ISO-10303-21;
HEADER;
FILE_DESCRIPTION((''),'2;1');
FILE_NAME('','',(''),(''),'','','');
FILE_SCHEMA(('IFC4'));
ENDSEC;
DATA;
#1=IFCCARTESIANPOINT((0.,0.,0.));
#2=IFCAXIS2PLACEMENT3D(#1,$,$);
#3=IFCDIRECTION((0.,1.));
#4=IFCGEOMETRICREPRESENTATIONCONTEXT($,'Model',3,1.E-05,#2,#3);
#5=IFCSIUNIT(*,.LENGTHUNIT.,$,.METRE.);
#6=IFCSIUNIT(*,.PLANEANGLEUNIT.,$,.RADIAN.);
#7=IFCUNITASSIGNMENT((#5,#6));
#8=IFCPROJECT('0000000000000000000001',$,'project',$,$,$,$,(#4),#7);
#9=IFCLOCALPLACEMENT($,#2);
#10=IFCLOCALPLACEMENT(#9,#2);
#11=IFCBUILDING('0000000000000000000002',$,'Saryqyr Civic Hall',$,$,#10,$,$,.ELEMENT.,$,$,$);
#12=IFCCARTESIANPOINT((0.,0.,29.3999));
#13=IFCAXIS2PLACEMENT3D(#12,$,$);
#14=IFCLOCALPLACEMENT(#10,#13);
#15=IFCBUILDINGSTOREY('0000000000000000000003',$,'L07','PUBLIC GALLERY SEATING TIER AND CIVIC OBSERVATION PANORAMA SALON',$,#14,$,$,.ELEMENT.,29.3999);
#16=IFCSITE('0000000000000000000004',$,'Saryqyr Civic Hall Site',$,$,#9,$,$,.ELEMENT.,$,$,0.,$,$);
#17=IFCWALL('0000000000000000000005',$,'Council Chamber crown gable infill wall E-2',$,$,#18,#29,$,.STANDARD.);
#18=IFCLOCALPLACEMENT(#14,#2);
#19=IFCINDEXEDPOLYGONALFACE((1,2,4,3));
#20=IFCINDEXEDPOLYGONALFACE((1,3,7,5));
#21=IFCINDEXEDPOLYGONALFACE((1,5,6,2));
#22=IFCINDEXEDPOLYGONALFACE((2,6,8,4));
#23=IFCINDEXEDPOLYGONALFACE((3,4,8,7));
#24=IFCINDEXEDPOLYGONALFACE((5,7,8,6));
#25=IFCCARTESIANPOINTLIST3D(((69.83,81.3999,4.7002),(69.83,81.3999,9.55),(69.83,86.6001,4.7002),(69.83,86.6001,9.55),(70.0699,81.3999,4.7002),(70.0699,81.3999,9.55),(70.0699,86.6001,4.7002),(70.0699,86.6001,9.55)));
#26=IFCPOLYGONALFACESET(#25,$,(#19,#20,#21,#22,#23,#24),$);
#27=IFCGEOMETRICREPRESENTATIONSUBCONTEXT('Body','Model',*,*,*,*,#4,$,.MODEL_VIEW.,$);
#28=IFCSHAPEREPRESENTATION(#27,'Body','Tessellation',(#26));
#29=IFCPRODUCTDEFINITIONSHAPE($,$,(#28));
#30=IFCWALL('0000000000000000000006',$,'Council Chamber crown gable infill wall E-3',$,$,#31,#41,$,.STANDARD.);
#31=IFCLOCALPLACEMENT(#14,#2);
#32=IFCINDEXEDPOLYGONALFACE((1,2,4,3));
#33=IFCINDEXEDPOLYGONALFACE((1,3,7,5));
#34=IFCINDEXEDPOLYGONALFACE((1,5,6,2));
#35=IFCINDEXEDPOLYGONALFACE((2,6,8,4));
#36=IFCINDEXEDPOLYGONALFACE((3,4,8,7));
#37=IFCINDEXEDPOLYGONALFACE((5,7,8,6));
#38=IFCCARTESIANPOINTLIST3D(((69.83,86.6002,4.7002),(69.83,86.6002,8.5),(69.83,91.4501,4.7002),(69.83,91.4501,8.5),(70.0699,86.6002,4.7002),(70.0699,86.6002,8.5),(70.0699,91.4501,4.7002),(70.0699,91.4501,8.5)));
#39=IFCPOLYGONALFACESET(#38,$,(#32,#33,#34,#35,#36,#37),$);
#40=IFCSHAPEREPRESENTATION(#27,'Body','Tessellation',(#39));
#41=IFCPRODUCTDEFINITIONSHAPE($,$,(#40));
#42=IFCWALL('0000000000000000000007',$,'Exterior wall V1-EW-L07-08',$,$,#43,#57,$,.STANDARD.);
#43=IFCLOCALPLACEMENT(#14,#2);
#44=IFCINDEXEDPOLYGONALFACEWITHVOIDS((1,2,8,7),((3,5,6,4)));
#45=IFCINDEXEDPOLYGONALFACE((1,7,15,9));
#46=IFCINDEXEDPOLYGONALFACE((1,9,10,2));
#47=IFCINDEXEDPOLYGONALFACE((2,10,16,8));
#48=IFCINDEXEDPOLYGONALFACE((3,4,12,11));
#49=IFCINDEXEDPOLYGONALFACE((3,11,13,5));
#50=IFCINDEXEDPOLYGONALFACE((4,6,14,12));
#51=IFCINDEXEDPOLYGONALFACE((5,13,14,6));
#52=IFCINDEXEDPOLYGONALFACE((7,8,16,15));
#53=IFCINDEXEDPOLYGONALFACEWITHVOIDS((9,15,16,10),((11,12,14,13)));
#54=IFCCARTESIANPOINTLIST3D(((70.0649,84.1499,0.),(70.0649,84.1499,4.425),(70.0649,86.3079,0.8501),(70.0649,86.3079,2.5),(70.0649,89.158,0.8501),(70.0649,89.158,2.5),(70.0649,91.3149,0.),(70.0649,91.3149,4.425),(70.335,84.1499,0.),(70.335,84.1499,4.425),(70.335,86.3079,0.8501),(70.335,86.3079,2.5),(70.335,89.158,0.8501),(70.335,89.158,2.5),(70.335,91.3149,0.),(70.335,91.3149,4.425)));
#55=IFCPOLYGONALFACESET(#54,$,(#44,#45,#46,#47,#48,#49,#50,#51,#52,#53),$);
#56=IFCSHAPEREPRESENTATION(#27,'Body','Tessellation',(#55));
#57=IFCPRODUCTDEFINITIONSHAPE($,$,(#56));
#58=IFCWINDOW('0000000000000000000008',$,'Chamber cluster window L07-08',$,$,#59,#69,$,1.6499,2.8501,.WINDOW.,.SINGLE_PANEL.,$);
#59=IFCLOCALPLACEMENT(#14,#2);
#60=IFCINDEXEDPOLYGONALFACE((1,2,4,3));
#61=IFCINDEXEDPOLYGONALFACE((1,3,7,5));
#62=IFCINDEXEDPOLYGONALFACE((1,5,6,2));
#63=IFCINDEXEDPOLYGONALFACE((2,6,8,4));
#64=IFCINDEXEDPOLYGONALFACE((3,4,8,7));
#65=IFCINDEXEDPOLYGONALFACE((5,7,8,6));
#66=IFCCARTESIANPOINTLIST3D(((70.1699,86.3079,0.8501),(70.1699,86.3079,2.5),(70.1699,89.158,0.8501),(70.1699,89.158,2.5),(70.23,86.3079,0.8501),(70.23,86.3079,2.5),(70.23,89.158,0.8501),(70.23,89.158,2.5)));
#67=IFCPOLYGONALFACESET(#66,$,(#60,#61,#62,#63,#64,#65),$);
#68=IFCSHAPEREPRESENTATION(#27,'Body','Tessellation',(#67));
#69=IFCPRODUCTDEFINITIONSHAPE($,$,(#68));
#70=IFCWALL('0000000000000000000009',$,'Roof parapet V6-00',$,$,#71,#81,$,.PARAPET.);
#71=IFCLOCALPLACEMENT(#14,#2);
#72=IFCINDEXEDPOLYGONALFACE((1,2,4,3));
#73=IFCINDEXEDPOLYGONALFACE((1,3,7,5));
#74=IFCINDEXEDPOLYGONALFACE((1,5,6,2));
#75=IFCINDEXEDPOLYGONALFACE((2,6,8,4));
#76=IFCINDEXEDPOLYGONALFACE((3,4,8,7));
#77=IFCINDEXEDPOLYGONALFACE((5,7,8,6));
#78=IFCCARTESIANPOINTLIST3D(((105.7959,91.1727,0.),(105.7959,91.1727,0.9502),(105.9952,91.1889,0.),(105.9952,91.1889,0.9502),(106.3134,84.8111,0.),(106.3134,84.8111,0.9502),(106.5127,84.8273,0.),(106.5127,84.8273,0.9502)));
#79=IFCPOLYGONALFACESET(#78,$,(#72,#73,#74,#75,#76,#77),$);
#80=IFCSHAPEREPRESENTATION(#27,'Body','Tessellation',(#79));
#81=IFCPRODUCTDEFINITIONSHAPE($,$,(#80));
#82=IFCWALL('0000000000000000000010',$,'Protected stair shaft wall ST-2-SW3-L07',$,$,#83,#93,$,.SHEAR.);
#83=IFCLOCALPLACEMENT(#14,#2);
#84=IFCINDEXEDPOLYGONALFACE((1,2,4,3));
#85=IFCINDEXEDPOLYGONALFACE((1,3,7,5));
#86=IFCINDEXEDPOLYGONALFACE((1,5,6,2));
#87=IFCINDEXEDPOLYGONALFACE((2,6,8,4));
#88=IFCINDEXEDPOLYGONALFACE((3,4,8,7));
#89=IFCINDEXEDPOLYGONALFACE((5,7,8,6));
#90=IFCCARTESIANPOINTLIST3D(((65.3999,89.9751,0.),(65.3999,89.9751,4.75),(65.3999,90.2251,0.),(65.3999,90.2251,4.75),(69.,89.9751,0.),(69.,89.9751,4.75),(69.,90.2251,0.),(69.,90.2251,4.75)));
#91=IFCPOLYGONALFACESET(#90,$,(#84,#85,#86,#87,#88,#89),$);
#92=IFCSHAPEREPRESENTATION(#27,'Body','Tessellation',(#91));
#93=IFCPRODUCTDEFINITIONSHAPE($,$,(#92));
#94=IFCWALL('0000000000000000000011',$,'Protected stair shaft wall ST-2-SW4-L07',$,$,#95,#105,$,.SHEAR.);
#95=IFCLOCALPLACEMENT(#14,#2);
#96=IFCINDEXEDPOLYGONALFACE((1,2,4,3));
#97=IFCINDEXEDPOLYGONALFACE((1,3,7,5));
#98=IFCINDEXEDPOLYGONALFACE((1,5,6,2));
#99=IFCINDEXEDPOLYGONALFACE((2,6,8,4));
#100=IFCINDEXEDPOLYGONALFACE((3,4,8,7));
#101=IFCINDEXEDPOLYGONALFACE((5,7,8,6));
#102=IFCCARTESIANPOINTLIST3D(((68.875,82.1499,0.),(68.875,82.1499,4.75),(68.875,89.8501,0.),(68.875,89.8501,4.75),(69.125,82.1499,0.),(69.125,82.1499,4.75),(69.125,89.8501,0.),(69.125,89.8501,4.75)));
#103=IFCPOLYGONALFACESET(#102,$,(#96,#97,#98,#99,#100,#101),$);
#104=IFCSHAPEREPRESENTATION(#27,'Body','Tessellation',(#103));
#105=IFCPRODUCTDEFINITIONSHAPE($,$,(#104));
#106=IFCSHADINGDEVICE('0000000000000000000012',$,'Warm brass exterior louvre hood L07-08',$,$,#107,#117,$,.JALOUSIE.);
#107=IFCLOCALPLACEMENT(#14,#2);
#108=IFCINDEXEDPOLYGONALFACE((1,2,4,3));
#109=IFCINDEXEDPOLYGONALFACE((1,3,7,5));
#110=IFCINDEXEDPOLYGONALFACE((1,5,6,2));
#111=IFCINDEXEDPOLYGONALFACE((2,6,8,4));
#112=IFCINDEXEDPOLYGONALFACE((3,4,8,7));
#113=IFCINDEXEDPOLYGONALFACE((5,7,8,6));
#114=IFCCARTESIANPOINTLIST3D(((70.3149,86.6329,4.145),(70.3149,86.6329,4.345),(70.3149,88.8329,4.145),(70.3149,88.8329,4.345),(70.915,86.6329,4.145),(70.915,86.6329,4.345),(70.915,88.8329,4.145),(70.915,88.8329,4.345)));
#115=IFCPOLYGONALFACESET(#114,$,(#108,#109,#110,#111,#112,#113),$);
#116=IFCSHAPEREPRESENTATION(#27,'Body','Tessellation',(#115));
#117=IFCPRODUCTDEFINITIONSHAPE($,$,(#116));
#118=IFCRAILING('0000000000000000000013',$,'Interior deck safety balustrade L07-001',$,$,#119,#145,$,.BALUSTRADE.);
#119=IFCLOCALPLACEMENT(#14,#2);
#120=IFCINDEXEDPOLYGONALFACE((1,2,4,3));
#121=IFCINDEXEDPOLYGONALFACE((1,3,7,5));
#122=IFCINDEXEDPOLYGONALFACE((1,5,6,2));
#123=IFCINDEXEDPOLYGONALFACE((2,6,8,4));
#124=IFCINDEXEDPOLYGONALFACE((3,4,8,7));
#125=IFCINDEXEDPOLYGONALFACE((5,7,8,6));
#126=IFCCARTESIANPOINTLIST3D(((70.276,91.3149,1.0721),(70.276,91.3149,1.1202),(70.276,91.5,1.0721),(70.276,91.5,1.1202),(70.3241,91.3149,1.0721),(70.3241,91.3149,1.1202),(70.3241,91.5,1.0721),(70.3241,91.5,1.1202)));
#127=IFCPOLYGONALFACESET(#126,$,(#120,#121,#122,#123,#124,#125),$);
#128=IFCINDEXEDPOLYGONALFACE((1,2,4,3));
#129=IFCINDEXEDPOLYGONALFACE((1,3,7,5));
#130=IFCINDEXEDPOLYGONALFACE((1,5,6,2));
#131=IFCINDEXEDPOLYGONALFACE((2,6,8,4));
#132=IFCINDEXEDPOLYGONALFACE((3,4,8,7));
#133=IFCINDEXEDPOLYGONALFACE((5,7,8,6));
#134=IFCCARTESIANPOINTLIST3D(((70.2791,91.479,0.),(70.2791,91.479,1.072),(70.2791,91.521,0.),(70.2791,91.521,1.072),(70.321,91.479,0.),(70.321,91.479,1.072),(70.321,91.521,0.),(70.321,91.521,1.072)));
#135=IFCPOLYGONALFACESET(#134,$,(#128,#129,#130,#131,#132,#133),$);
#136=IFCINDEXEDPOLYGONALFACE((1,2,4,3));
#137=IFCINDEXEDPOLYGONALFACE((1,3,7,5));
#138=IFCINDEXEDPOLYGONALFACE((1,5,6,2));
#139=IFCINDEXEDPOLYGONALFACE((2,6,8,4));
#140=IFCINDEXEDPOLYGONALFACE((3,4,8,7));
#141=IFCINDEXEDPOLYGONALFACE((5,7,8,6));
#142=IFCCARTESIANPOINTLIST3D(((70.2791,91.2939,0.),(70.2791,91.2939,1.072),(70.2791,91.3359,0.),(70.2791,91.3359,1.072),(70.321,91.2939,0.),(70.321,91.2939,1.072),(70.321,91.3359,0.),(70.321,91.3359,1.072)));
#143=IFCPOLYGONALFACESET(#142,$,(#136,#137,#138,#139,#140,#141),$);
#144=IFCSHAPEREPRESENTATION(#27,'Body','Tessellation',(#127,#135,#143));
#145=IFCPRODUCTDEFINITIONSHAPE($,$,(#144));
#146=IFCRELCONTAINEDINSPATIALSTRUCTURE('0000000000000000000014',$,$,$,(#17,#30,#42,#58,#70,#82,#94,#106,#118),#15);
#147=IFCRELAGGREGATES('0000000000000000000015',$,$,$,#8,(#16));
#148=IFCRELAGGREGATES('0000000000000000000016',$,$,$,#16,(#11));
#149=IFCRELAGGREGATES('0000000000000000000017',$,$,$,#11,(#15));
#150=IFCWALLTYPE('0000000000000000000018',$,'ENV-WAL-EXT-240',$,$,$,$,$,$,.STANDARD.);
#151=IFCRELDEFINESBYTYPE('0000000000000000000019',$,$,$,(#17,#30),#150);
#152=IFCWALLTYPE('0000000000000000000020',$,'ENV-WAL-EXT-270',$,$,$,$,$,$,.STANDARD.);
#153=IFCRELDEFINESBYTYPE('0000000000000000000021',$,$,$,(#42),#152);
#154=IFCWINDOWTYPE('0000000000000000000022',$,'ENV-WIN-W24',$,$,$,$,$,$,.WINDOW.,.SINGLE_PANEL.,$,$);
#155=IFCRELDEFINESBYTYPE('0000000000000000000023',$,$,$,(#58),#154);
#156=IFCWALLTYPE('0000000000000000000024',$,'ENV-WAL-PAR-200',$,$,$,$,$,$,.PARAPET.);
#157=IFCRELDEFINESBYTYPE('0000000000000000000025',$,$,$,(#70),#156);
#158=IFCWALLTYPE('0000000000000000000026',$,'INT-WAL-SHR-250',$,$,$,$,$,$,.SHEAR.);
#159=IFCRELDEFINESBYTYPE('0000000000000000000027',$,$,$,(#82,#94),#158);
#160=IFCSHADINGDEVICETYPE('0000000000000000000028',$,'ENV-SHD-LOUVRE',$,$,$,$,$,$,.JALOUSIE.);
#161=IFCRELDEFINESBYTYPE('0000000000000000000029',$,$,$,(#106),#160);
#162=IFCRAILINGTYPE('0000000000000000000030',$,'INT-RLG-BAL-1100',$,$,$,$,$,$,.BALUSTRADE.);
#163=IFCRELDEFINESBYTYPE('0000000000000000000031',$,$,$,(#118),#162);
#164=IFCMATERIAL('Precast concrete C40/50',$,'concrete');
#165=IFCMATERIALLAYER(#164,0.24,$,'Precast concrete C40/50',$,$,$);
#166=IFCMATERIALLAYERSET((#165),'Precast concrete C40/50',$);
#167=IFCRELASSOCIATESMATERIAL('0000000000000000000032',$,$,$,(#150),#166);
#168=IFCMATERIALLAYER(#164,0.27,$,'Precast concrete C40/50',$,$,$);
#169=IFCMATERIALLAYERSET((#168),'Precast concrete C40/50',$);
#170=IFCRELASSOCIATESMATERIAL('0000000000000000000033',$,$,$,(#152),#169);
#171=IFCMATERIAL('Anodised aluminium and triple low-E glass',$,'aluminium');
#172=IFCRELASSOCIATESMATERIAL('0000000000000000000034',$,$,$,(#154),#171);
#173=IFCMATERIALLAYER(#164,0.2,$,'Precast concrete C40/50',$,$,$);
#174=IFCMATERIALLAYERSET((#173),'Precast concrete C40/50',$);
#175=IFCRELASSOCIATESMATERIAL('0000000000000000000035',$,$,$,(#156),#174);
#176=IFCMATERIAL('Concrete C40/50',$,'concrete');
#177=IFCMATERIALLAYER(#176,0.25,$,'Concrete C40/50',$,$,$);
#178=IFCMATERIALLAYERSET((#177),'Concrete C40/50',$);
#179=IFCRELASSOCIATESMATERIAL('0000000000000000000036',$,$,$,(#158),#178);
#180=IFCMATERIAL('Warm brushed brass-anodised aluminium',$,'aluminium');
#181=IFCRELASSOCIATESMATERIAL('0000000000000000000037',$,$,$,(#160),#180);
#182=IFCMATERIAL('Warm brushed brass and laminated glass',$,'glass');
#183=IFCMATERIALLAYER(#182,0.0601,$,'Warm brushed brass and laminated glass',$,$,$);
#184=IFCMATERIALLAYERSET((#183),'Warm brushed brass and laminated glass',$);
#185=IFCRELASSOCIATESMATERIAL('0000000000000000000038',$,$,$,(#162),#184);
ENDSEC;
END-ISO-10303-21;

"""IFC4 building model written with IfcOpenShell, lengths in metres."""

from ifc_helpers import new_model, si_unit, direction, frame, frame_2d, origin, origin_2d, place, context, subcontext, project, spatial, rectangle, extrude, material, layer, layer_set, type_object, element, fill, save


model = new_model("IFC4")

# Units and contexts
model_context = context("Model", 3, precision=1e-05, world=origin(), true_north=direction((0.0, 1.0)))
body_context = subcontext(model_context, "Body", "Model", "MODEL_VIEW")
ifc_project = project(units=[si_unit("LENGTHUNIT", "METRE"), si_unit("PLANEANGLEUNIT", "RADIAN")], contexts=[model_context])

# Site, building, storey
site_placement = place(None, origin())
site = spatial("IfcSite", under=ifc_project, at=site_placement, Name="Saryqyr Civic Hall Site", CompositionType="ELEMENT", RefElevation=0.0)
building_placement = place(site_placement, origin())
building = spatial("IfcBuilding", under=site, at=building_placement, Name="Saryqyr Civic Hall", CompositionType="ELEMENT")
storey_placement = place(building_placement, frame((0.0, 0.0, 29.3999)))
storey = spatial("IfcBuildingStorey", under=building, at=storey_placement, Name="L07", Description="PUBLIC GALLERY SEATING TIER AND CIVIC OBSERVATION PANORAMA SALON", CompositionType="ELEMENT", Elevation=29.3999)

# Shared definitions
ifc_material_1 = material(Name="Concrete C40/50", Category="concrete")

# Shared definitions
ifc_material_2 = material(Name="Warm brushed brass-anodised aluminium", Category="aluminium")

# Shared definitions
ifc_material_3 = material(Name="Precast concrete C40/50", Category="concrete")

# Walls
ifc_layer_1 = layer(ifc_material_3, 0.24, Name="Precast concrete C40/50")
ifc_layer_set_1 = layer_set([ifc_layer_1], Name="Precast concrete C40/50")
wall_type_1 = type_object("IfcWallType", Name="ENV-WAL-EXT-240", PredefinedType="STANDARD", material=ifc_layer_set_1)
wall_1_placement = place(storey_placement, frame((69.95, 86.6001, 4.7002), z_axis=(0.0, 0.0, 1.0), x_axis=(0.0, -1.0, 0.0)))
element("IfcWall", 1, at=wall_1_placement, inside=storey, type_object=wall_type_1, Name="Council Chamber crown gable infill wall E-2", PredefinedType="STANDARD", context=body_context, shape_type="SweptSolid", body=[
    extrude(rectangle(XDim=5.2002, YDim=0.24, at=frame_2d((2.6001, 0.0))), origin(), (0.0, 0.0, 1.0), 4.8499),
])
wall_2_placement = place(storey_placement, frame((69.95, 91.45, 4.7002), z_axis=(0.0, 0.0, 1.0), x_axis=(0.0, -1.0, 0.0)))
element("IfcWall", 2, at=wall_2_placement, inside=storey, type_object=wall_type_1, Name="Council Chamber crown gable infill wall E-3", PredefinedType="STANDARD", context=body_context, shape_type="SweptSolid", body=[
    extrude(rectangle(XDim=4.8499, YDim=0.24, at=frame_2d((2.4248, 0.0))), origin(), (0.0, 0.0, 1.0), 3.7998),
])

# Wall, opening, window
ifc_layer_2 = layer(ifc_material_3, 0.27, Name="Precast concrete C40/50")
ifc_layer_set_2 = layer_set([ifc_layer_2], Name="Precast concrete C40/50")
wall_type_2 = type_object("IfcWallType", Name="ENV-WAL-EXT-270", PredefinedType="STANDARD", material=ifc_layer_set_2)
wall_3_placement = place(storey_placement, frame((70.2, 91.3149, 0.0), z_axis=(0.0, 0.0, 1.0), x_axis=(0.0, -1.0, 0.0)))
wall_3 = element("IfcWall", 3, at=wall_3_placement, inside=storey, type_object=wall_type_2, Name="Exterior wall V1-EW-L07-08", PredefinedType="STANDARD", context=body_context, shape_type="SweptSolid", body=[
    extrude(rectangle(XDim=7.165, YDim=0.27, at=frame_2d((3.5825, 0.0))), origin(), (0.0, 0.0, 1.0), 4.425),
])
opening_placement = place(wall_3_placement, frame((2.157, 0.0, 0.8501)))
opening = element("IfcOpeningElement", 4, at=opening_placement, cuts=wall_3, PredefinedType="OPENING", context=body_context, shape_type="SweptSolid", body=[
    extrude(rectangle(XDim=2.8501, YDim=1.6499, at=frame_2d((1.425, 0.825))), frame((0.0, 0.145, 0.0), z_axis=(0.0, -1.0, 0.0), x_axis=(1.0, 0.0, 0.0)), (0.0, 0.0, 1.0), 0.29),
])
ifc_material_4 = material(Name="Anodised aluminium and triple low-E glass", Category="aluminium")
window_type = type_object("IfcWindowType", Name="ENV-WIN-W24", PartitioningType="SINGLE_PANEL", PredefinedType="WINDOW", material=ifc_material_4)
window_placement = place(opening_placement, origin())
window = element("IfcWindow", 5, at=window_placement, inside=storey, type_object=window_type, Name="Chamber cluster window L07-08", OverallHeight=1.6499, OverallWidth=2.8501, PartitioningType="SINGLE_PANEL", PredefinedType="WINDOW", context=body_context, shape_type="SweptSolid", body=[
    extrude(rectangle(XDim=2.8501, YDim=1.6499, at=frame_2d((1.425, 0.825))), frame((0.0, 0.03, 0.0), z_axis=(0.0, -1.0, 0.0), x_axis=(1.0, 0.0, 0.0)), (0.0, 0.0, 1.0), 0.0601),
])
fill(opening, window)

# Walls
ifc_layer_3 = layer(ifc_material_3, 0.2, Name="Precast concrete C40/50")
ifc_layer_set_3 = layer_set([ifc_layer_3], Name="Precast concrete C40/50")
wall_type_3 = type_object("IfcWallType", Name="ENV-WAL-PAR-200", PredefinedType="PARAPET", material=ifc_layer_set_3)
wall_4_placement = place(storey_placement, frame((105.8955, 91.1809, 0.0), z_axis=(0.0, 0.0, 1.0), x_axis=(0.081092, -0.996707, 0.0)))
element("IfcWall", 6, at=wall_4_placement, inside=storey, type_object=wall_type_3, Name="Roof parapet V6-00", PredefinedType="PARAPET", context=body_context, shape_type="SweptSolid", body=[
    extrude(rectangle(XDim=6.3826, YDim=0.2, at=frame_2d((3.1914, 0.0))), origin(), (0.0, 0.0, 1.0), 0.9502),
])
ifc_layer_4 = layer(ifc_material_1, 0.25, Name="Concrete C40/50")
ifc_layer_set_4 = layer_set([ifc_layer_4], Name="Concrete C40/50")
wall_type_4 = type_object("IfcWallType", Name="INT-WAL-SHR-250", PredefinedType="SHEAR", material=ifc_layer_set_4)
wall_5_placement = place(storey_placement, frame((65.3999, 90.1001, 0.0), z_axis=(0.0, 0.0, 1.0), x_axis=(1.0, 0.0, 0.0)))
element("IfcWall", 7, at=wall_5_placement, inside=storey, type_object=wall_type_4, Name="Protected stair shaft wall ST-2-SW3-L07", PredefinedType="SHEAR", context=body_context, shape_type="SweptSolid", body=[
    extrude(rectangle(XDim=3.6001, YDim=0.25, at=frame_2d((1.8, 0.0))), origin(), (0.0, 0.0, 1.0), 4.75),
])
wall_6_placement = place(storey_placement, frame((69.0, 89.8501, 0.0), z_axis=(0.0, 0.0, 1.0), x_axis=(0.0, -1.0, 0.0)))
element("IfcWall", 8, at=wall_6_placement, inside=storey, type_object=wall_type_4, Name="Protected stair shaft wall ST-2-SW4-L07", PredefinedType="SHEAR", context=body_context, shape_type="SweptSolid", body=[
    extrude(rectangle(XDim=7.7002, YDim=0.25, at=frame_2d((3.8501, 0.0))), origin(), (0.0, 0.0, 1.0), 4.75),
])

# Shading device
shading_device_type = type_object("IfcShadingDeviceType", Name="ENV-SHD-LOUVRE", PredefinedType="JALOUSIE", material=ifc_material_2)
shading_device_placement = place(storey_placement, frame((70.615, 87.7329, 4.145), z_axis=(0.0, 0.0, 1.0), x_axis=(0.0, -1.0, 0.0)))
element("IfcShadingDevice", 9, at=shading_device_placement, inside=storey, type_object=shading_device_type, Name="Warm brass exterior louvre hood L07-08", PredefinedType="JALOUSIE", context=body_context, shape_type="SweptSolid", body=[
    extrude(rectangle(XDim=2.2, YDim=0.6001, at=origin_2d()), origin(), (0.0, 0.0, 1.0), 0.2),
])

# Railing
ifc_material_5 = material(Name="Warm brushed brass and laminated glass", Category="glass")
ifc_layer_5 = layer(ifc_material_5, 0.0601, Name="Warm brushed brass and laminated glass")
ifc_layer_set_5 = layer_set([ifc_layer_5], Name="Warm brushed brass and laminated glass")
railing_type = type_object("IfcRailingType", Name="INT-RLG-BAL-1100", PredefinedType="BALUSTRADE", material=ifc_layer_set_5)
railing_1_placement = place(storey_placement, frame((70.3, 91.5, 0.0)))
element("IfcRailing", 10, at=railing_1_placement, inside=storey, type_object=railing_type, Name="Interior deck safety balustrade L07-001", PredefinedType="BALUSTRADE", context=body_context, shape_type="SweptSolid", body=[
    extrude(rectangle(XDim=0.0481, YDim=0.0481, at=origin_2d()), frame((0.0, 0.0, 1.0962), z_axis=(0.0, -1.0, 0.0), x_axis=(1.0, 0.0, 0.0)), (0.0, 0.0, 1.0), 0.1851),
    extrude(rectangle(XDim=0.042, YDim=0.042, at=origin_2d()), origin(), (0.0, 0.0, 1.0), 1.072),
    extrude(rectangle(XDim=0.042, YDim=0.042, at=origin_2d()), frame((0.0, -0.1851, 0.0)), (0.0, 0.0, 1.0), 1.072),
])

save(model, "model.ifc")
